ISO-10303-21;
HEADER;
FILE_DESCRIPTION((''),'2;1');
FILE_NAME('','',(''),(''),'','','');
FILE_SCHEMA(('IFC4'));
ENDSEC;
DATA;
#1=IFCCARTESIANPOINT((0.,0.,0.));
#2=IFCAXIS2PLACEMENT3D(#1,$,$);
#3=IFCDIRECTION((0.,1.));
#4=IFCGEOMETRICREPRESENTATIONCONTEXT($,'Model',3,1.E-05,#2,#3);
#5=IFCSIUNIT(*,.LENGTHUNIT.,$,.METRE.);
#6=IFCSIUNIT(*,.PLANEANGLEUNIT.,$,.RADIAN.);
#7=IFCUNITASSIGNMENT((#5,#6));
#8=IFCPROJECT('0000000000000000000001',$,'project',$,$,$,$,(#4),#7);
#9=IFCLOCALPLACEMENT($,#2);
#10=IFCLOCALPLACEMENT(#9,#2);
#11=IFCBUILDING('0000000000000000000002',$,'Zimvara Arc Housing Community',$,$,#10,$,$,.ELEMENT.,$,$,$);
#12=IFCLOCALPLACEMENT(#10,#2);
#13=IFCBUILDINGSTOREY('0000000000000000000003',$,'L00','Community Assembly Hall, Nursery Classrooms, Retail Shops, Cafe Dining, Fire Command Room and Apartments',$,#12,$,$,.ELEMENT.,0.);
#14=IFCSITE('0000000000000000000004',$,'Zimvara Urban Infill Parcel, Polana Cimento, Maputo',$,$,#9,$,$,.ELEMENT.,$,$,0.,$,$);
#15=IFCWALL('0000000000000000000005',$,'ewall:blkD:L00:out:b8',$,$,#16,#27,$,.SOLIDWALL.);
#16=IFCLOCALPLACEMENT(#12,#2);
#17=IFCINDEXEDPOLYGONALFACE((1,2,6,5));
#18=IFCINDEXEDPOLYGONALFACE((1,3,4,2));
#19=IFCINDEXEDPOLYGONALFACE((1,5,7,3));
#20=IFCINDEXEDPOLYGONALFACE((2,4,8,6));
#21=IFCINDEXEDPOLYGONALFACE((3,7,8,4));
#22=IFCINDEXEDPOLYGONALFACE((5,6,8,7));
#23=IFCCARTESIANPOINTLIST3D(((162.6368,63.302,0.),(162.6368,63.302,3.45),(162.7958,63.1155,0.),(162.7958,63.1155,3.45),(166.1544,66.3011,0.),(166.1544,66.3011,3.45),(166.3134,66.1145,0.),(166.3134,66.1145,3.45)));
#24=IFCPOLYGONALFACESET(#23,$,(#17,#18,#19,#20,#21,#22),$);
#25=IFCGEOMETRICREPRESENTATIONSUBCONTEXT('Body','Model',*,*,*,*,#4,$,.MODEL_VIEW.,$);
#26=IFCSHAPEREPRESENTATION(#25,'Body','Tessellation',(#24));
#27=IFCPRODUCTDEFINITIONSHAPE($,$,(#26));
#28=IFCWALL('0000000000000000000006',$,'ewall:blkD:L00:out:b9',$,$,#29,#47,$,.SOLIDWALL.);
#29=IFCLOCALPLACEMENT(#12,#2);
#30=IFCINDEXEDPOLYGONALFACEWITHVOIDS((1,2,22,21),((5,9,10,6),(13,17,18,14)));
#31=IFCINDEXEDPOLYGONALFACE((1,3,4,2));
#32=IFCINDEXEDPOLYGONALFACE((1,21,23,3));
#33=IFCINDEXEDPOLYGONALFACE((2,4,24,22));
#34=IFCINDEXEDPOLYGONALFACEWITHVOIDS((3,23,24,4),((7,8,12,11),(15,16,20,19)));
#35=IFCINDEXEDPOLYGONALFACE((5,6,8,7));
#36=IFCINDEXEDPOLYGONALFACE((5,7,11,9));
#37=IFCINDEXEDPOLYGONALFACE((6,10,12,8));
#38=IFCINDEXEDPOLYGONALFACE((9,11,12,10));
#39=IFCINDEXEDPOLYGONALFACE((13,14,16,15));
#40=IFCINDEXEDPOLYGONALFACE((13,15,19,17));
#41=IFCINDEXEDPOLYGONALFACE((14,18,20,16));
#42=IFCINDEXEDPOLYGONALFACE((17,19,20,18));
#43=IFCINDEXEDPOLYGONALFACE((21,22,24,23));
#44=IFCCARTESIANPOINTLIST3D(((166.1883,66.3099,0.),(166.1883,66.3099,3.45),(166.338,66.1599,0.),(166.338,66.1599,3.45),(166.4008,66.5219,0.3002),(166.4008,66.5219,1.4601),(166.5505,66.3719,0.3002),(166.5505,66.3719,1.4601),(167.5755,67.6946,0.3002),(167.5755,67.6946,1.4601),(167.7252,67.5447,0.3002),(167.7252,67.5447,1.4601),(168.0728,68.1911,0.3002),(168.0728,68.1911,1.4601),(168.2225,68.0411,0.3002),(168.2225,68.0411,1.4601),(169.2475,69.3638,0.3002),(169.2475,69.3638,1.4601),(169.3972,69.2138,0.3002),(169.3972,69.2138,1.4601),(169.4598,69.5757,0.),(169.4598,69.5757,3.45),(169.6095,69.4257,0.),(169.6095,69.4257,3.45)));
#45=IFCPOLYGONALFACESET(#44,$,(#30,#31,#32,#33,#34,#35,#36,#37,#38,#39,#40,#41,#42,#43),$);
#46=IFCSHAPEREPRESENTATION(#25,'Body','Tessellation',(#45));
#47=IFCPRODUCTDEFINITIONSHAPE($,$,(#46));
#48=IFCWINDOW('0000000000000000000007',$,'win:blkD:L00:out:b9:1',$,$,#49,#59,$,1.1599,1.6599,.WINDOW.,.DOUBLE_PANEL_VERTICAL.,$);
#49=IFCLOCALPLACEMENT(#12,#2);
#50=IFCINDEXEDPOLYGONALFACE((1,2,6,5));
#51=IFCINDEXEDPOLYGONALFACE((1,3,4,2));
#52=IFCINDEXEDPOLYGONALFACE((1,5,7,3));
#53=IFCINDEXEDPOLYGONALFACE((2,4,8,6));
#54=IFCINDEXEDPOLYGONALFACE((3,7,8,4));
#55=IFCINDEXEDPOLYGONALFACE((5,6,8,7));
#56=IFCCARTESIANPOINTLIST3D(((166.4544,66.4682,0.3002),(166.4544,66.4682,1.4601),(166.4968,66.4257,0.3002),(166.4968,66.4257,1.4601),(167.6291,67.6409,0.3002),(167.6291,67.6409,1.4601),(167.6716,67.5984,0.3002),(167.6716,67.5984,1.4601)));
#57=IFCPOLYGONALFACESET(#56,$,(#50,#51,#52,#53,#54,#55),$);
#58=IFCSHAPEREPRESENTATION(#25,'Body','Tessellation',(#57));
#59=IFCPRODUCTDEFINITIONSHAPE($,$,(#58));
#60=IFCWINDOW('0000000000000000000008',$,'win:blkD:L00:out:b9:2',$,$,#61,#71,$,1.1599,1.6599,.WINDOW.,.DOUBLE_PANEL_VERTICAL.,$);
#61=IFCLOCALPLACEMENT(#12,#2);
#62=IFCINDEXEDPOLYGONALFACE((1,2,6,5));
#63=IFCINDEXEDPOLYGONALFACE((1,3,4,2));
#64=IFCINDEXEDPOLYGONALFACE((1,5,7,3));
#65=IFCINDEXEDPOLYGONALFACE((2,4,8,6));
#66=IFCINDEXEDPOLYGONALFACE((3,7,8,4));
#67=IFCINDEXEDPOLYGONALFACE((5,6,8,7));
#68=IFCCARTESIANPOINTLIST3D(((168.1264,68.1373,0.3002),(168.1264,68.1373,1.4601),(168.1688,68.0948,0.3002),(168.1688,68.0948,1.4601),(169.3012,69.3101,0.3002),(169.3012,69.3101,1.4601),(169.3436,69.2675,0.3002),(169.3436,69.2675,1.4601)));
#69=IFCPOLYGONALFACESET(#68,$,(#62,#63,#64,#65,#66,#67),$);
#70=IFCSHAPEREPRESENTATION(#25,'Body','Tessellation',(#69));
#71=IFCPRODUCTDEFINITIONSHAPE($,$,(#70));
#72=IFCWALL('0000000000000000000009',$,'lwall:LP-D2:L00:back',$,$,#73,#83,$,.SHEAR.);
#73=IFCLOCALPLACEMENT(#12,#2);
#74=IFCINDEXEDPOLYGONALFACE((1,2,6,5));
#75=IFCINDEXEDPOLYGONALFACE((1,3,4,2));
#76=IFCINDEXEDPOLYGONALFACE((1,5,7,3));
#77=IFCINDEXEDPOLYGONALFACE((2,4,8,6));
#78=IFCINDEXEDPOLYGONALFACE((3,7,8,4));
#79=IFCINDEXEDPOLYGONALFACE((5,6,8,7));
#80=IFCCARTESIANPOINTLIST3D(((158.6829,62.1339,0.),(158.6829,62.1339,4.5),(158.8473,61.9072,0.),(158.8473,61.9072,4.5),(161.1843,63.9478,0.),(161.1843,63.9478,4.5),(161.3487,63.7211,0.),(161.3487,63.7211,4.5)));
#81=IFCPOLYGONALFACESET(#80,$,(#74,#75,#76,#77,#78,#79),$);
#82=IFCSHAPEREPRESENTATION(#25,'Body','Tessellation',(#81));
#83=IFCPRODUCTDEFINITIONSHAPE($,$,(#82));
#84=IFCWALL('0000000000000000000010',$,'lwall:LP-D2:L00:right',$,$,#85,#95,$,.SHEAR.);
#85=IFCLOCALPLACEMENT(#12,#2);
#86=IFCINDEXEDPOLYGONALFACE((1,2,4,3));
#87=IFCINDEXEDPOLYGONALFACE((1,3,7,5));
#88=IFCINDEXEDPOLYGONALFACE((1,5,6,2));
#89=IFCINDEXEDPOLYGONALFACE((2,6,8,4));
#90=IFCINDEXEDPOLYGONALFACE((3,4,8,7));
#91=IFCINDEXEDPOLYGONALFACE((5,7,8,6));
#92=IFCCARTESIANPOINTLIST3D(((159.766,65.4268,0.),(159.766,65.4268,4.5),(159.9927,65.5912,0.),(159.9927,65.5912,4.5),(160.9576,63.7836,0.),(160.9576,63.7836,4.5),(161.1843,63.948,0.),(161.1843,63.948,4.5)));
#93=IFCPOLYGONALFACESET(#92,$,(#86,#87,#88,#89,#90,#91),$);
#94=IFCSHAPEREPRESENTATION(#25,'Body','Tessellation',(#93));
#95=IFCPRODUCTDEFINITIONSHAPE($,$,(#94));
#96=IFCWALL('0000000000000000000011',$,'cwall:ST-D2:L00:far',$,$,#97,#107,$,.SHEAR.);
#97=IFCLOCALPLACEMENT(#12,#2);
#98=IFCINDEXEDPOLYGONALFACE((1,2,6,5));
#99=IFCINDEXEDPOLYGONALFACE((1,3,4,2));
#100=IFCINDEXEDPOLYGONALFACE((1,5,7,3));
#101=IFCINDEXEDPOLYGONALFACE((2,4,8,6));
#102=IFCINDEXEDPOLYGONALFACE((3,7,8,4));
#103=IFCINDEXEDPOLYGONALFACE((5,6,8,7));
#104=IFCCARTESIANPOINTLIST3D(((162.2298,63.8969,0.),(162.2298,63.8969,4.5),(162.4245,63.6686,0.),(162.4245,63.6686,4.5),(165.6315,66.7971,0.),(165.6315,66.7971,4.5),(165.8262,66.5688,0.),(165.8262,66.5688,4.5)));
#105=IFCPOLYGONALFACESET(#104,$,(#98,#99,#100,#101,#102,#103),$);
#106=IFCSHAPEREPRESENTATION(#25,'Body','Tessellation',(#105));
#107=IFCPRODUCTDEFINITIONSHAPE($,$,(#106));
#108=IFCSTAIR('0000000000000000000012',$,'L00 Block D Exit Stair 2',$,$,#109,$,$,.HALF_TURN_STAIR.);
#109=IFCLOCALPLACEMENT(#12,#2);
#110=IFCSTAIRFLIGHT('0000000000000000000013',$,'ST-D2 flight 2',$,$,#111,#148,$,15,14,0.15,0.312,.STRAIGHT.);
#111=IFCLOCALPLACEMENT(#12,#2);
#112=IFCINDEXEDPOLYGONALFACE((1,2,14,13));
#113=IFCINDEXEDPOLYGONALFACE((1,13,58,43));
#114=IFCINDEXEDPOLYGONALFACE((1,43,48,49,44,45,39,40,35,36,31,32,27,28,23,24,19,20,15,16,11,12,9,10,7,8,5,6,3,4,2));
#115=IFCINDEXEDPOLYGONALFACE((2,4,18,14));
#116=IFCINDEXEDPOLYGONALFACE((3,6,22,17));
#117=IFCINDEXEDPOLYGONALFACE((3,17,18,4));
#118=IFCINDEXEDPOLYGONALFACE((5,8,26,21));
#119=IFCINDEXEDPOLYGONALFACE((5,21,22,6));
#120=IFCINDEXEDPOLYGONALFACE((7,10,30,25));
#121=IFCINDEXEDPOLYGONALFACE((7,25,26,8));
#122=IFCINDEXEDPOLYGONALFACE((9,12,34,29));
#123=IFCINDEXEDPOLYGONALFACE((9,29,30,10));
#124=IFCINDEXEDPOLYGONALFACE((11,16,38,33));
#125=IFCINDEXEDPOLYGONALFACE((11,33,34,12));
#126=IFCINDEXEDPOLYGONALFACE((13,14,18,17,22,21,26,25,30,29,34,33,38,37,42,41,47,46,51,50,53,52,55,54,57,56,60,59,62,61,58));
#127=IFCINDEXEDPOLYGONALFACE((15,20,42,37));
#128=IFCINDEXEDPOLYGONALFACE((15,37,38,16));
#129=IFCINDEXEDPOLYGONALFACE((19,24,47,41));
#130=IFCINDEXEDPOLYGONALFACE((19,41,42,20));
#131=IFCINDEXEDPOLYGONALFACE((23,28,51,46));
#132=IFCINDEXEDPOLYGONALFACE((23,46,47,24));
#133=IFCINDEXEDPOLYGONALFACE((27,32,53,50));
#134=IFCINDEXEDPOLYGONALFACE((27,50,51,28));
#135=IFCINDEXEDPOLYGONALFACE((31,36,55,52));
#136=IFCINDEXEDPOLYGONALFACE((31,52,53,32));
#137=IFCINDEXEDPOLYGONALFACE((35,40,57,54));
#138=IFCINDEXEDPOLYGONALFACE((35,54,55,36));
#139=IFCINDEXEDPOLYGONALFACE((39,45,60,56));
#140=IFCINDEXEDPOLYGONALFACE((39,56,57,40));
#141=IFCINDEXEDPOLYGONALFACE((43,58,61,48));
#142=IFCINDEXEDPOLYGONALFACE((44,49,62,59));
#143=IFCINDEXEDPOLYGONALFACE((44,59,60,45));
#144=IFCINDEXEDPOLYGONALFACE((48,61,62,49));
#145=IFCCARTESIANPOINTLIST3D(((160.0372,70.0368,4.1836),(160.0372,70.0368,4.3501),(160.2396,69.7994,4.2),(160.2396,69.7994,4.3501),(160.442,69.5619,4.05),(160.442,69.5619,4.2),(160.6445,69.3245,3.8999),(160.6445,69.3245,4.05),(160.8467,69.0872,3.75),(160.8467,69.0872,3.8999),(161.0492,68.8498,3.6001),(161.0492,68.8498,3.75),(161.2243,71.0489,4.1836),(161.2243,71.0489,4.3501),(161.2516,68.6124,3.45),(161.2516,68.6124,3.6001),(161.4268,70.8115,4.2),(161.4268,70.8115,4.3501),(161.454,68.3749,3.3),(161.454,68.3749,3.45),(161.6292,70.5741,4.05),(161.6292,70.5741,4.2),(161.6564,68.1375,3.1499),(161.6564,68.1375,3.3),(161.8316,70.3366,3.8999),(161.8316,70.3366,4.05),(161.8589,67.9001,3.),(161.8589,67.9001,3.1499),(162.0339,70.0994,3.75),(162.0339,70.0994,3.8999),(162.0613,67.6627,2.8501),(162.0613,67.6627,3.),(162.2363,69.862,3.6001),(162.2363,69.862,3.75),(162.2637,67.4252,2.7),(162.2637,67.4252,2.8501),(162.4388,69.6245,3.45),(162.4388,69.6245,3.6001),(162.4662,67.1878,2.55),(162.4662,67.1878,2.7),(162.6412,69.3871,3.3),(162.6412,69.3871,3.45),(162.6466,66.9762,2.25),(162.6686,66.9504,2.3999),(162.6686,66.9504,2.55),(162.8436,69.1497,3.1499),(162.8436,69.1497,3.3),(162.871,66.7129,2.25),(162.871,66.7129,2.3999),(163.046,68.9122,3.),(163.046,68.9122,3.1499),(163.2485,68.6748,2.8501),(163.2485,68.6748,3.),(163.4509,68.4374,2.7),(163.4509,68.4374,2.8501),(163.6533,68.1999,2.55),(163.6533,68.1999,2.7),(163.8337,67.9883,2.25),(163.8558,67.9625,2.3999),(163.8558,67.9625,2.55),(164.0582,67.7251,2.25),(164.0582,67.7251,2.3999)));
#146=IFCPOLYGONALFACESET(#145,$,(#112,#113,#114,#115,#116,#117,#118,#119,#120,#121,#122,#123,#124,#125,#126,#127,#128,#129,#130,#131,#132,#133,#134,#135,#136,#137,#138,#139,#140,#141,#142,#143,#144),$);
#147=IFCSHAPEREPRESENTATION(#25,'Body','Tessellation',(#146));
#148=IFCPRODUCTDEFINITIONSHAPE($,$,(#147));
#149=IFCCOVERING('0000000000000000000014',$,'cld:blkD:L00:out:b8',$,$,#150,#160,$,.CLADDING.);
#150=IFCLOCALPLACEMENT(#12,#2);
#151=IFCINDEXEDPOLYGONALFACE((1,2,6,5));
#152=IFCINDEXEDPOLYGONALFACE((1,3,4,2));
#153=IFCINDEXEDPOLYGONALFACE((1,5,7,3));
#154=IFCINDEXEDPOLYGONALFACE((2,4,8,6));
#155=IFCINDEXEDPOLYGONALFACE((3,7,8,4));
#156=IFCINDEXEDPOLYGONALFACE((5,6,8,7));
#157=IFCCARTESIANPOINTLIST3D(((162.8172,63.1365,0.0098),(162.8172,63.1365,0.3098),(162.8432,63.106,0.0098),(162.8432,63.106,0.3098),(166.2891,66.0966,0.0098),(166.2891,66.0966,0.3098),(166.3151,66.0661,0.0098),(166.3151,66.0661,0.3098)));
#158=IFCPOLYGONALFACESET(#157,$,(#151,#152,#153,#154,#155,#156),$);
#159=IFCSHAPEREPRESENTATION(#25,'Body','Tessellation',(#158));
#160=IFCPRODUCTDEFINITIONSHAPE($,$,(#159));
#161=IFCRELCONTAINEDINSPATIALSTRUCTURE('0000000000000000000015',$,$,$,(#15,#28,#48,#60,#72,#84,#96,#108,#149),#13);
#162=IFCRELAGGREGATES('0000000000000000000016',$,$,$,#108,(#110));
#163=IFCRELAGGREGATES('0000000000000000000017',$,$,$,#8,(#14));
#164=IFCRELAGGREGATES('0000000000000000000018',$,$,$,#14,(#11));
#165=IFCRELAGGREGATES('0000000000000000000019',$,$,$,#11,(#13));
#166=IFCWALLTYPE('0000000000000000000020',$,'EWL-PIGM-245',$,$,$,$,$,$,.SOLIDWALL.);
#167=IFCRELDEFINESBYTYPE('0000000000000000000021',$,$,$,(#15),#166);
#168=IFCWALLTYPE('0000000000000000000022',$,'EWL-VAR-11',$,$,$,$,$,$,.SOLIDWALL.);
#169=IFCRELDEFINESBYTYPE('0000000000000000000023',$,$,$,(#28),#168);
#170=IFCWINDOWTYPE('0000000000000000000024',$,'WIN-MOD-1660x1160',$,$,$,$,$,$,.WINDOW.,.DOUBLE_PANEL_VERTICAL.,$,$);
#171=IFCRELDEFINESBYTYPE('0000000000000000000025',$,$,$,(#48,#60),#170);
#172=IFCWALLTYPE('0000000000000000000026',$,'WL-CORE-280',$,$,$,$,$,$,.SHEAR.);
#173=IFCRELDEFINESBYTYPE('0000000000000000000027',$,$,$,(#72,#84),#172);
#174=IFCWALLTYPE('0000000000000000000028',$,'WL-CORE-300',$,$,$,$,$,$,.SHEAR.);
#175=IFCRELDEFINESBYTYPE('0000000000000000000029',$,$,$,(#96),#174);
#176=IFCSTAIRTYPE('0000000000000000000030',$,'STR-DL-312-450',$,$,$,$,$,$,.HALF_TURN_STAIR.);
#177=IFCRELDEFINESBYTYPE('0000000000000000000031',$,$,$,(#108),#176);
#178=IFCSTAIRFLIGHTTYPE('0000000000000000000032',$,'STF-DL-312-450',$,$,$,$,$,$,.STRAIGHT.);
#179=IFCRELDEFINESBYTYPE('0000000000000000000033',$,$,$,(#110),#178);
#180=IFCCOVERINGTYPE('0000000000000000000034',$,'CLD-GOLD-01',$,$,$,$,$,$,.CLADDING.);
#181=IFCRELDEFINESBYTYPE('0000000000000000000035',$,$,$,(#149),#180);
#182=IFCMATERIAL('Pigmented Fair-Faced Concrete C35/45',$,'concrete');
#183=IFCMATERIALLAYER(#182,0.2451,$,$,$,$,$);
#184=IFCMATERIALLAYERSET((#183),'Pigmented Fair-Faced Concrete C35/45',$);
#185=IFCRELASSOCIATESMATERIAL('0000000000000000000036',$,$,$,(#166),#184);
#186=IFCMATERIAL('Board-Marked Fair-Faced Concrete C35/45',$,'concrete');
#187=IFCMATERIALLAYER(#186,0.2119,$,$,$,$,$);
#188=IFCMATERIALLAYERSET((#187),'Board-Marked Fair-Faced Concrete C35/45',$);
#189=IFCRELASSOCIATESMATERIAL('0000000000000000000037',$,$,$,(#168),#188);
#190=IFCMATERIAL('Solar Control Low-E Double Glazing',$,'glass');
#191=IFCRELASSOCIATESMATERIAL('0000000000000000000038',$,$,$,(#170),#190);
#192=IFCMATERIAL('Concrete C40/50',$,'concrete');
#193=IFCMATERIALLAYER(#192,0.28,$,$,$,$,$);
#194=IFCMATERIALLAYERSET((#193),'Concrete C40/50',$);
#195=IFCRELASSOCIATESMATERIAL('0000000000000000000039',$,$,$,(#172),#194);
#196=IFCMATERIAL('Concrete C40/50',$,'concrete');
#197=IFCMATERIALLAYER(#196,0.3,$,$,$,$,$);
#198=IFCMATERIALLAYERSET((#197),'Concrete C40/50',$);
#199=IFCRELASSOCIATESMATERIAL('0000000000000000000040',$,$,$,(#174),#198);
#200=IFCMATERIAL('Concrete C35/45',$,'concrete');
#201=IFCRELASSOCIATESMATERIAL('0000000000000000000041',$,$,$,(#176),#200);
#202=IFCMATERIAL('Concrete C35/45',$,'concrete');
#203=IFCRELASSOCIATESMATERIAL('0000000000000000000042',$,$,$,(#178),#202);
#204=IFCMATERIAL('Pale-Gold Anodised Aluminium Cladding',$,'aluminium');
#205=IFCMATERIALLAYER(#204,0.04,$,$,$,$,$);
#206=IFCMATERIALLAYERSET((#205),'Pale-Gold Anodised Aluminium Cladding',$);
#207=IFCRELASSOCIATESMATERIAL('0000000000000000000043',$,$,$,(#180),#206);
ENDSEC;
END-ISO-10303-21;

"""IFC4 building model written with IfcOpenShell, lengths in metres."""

from ifc_helpers import new_model, si_unit, direction, frame, frame_2d, origin, origin_2d, place, context, subcontext, project, spatial, polyline, rectangle, outline, extrude, material, layer, layer_set, type_object, element, fill, aggregate, save


model = new_model("IFC4")

# Units and contexts
model_context = context("Model", 3, precision=1e-05, world=origin(), true_north=direction((0.0, 1.0)))
body_context = subcontext(model_context, "Body", "Model", "MODEL_VIEW")
ifc_project = project(units=[si_unit("LENGTHUNIT", "METRE"), si_unit("PLANEANGLEUNIT", "RADIAN")], contexts=[model_context])

# Site, building, storey
site_placement = place(None, origin())
site = spatial("IfcSite", under=ifc_project, at=site_placement, Name="Zimvara Urban Infill Parcel, Polana Cimento, Maputo", CompositionType="ELEMENT", RefElevation=0.0)
building_placement = place(site_placement, origin())
building = spatial("IfcBuilding", under=site, at=building_placement, Name="Zimvara Arc Housing Community", CompositionType="ELEMENT")
storey_placement = place(building_placement, origin())
storey = spatial("IfcBuildingStorey", under=building, at=storey_placement, Name="L00", Description="Community Assembly Hall, Nursery Classrooms, Retail Shops, Cafe Dining, Fire Command Room and Apartments", CompositionType="ELEMENT", Elevation=0.0)

# Wall
ifc_material_1 = material(Name="Pigmented Fair-Faced Concrete C35/45", Category="concrete")
ifc_layer_1 = layer(ifc_material_1, 0.2451)
ifc_layer_set_1 = layer_set([ifc_layer_1], Name="Pigmented Fair-Faced Concrete C35/45")
wall_type_1 = type_object("IfcWallType", Name="EWL-PIGM-245", PredefinedType="SOLIDWALL", material=ifc_layer_set_1)
wall_1_placement = place(storey_placement, frame((162.7163, 63.2087, 0.0), z_axis=(0.0, 0.0, 1.0), x_axis=(0.760969, 0.648788, 0.0)))
element("IfcWall", 1, at=wall_1_placement, inside=storey, type_object=wall_type_1, Name="ewall:blkD:L00:out:b8", PredefinedType="SOLIDWALL", context=body_context, shape_type="SweptSolid", body=[
    extrude(rectangle(XDim=4.6226, YDim=0.2451, at=frame_2d((2.3113, 0.0))), origin(), (0.0, 0.0, 1.0), 3.45),
])

# Wall, openings, windows
ifc_material_2 = material(Name="Board-Marked Fair-Faced Concrete C35/45", Category="concrete")
ifc_layer_2 = layer(ifc_material_2, 0.2119)
ifc_layer_set_2 = layer_set([ifc_layer_2], Name="Board-Marked Fair-Faced Concrete C35/45")
wall_type_2 = type_object("IfcWallType", Name="EWL-VAR-11", PredefinedType="SOLIDWALL", material=ifc_layer_set_2)
wall_2_placement = place(storey_placement, frame((166.2632, 66.2349, 0.0), z_axis=(0.0, 0.0, 1.0), x_axis=(0.707714, 0.706499, 0.0)))
wall_2 = element("IfcWall", 2, at=wall_2_placement, inside=storey, type_object=wall_type_2, Name="ewall:blkD:L00:out:b9", PredefinedType="SOLIDWALL", context=body_context, shape_type="SweptSolid", body=[
    extrude(rectangle(XDim=4.6226, YDim=0.2119, at=frame_2d((2.3113, 0.0))), origin(), (0.0, 0.0, 1.0), 3.45),
])
opening_1_placement = place(wall_2_placement, frame((0.3, 0.0, 0.3)))
opening_1 = element("IfcOpeningElement", 3, at=opening_1_placement, cuts=wall_2, PredefinedType="OPENING", context=body_context, shape_type="SweptSolid", body=[
    extrude(rectangle(XDim=1.6599, YDim=1.1599, at=frame_2d((0.8301, 0.5801))), frame((0.0, 0.116, 0.0), z_axis=(0.0, -1.0, 0.0), x_axis=(1.0, 0.0, 0.0)), (0.0, 0.0, 1.0), 0.2319),
])
opening_2_placement = place(wall_2_placement, frame((2.6626, 0.0, 0.3)))
opening_2 = element("IfcOpeningElement", 4, at=opening_2_placement, cuts=wall_2, PredefinedType="OPENING", context=body_context, shape_type="SweptSolid", body=[
    extrude(rectangle(XDim=1.6599, YDim=1.1599, at=frame_2d((0.8301, 0.5801))), frame((0.0, 0.116, 0.0), z_axis=(0.0, -1.0, 0.0), x_axis=(1.0, 0.0, 0.0)), (0.0, 0.0, 1.0), 0.2319),
])
ifc_material_3 = material(Name="Solar Control Low-E Double Glazing", Category="glass")
window_type_1 = type_object("IfcWindowType", Name="WIN-MOD-1660x1160", PartitioningType="DOUBLE_PANEL_VERTICAL", PredefinedType="WINDOW", material=ifc_material_3)
window_1_placement = place(opening_1_placement, origin())
window_1 = element("IfcWindow", 5, at=window_1_placement, inside=storey, type_object=window_type_1, Name="win:blkD:L00:out:b9:1", OverallHeight=1.1599, OverallWidth=1.6599, PartitioningType="DOUBLE_PANEL_VERTICAL", PredefinedType="WINDOW", context=body_context, shape_type="SweptSolid", body=[
    extrude(rectangle(XDim=1.6599, YDim=1.1599, at=frame_2d((0.8301, 0.5801))), frame((0.0, 0.03, 0.0), z_axis=(0.0, -1.0, 0.0), x_axis=(1.0, 0.0, 0.0)), (0.0, 0.0, 1.0), 0.0601),
])
fill(opening_1, window_1)
window_2_placement = place(opening_2_placement, origin())
window_2 = element("IfcWindow", 6, at=window_2_placement, inside=storey, type_object=window_type_1, Name="win:blkD:L00:out:b9:2", OverallHeight=1.1599, OverallWidth=1.6599, PartitioningType="DOUBLE_PANEL_VERTICAL", PredefinedType="WINDOW", context=body_context, shape_type="SweptSolid", body=[
    extrude(rectangle(XDim=1.6599, YDim=1.1599, at=frame_2d((0.8301, 0.5801))), frame((0.0, 0.03, 0.0), z_axis=(0.0, -1.0, 0.0), x_axis=(1.0, 0.0, 0.0)), (0.0, 0.0, 1.0), 0.0601),
])
fill(opening_2, window_2)

# Walls
ifc_material_4 = material(Name="Concrete C40/50", Category="concrete")
ifc_layer_3 = layer(ifc_material_4, 0.28)
ifc_layer_set_3 = layer_set([ifc_layer_3], Name="Concrete C40/50")
wall_type_3 = type_object("IfcWallType", Name="WL-CORE-280", PredefinedType="SHEAR", material=ifc_layer_set_3)
wall_3_placement = place(storey_placement, frame((158.7651, 62.0205, 0.0), z_axis=(0.0, 0.0, 1.0), x_axis=(0.809548, 0.587053, 0.0)))
element("IfcWall", 7, at=wall_3_placement, inside=storey, type_object=wall_type_3, Name="lwall:LP-D2:L00:back", PredefinedType="SHEAR", context=body_context, shape_type="SweptSolid", body=[
    extrude(rectangle(XDim=3.0898, YDim=0.28, at=frame_2d((1.5449, 0.0))), origin(), (0.0, 0.0, 1.0), 4.5),
])
wall_4_placement = place(storey_placement, frame((159.8794, 65.509, 0.0), z_axis=(0.0, 0.0, 1.0), x_axis=(0.587048, -0.809552, 0.0)))
element("IfcWall", 8, at=wall_4_placement, inside=storey, type_object=wall_type_3, Name="lwall:LP-D2:L00:right", PredefinedType="SHEAR", context=body_context, shape_type="SweptSolid", body=[
    extrude(rectangle(XDim=2.0298, YDim=0.28, at=frame_2d((1.0149, 0.0))), origin(), (0.0, 0.0, 1.0), 4.5),
])
ifc_material_5 = material(Name="Concrete C40/50", Category="concrete")
ifc_layer_4 = layer(ifc_material_5, 0.3)
ifc_layer_set_4 = layer_set([ifc_layer_4], Name="Concrete C40/50")
wall_type_4 = type_object("IfcWallType", Name="WL-CORE-300", PredefinedType="SHEAR", material=ifc_layer_set_4)
wall_5_placement = place(storey_placement, frame((162.3271, 63.7827, 0.0), z_axis=(0.0, 0.0, 1.0), x_axis=(0.76097, 0.648788, 0.0)))
element("IfcWall", 9, at=wall_5_placement, inside=storey, type_object=wall_type_4, Name="cwall:ST-D2:L00:far", PredefinedType="SHEAR", context=body_context, shape_type="SweptSolid", body=[
    extrude(rectangle(XDim=4.4702, YDim=0.3, at=frame_2d((2.2351, 0.0))), origin(), (0.0, 0.0, 1.0), 4.5),
])

# Stair, stair flight
ifc_material_6 = material(Name="Concrete C35/45", Category="concrete")
stair_type = type_object("IfcStairType", Name="STR-DL-312-450", PredefinedType="HALF_TURN_STAIR", material=ifc_material_6)
stair_placement = place(storey_placement, origin())
stair = element("IfcStair", 10, at=stair_placement, inside=storey, type_object=stair_type, Name="L00 Block D Exit Stair 2", PredefinedType="HALF_TURN_STAIR")
ifc_material_7 = material(Name="Concrete C35/45", Category="concrete")
stair_flight_type = type_object("IfcStairFlightType", Name="STF-DL-312-450", PredefinedType="STRAIGHT", material=ifc_material_7)
stair_flight_placement = place(storey_placement, frame((163.4646, 67.219, 2.25), z_axis=(0.0, 0.0, 1.0), x_axis=(-0.648784, 0.760972, 0.0)))
stair_flight = element("IfcStairFlight", 11, at=stair_flight_placement, type_object=stair_flight_type, Name="ST-D2 flight 2", NumberOfRisers=15, NumberOfTreads=14, PredefinedType="STRAIGHT", RiserHeight=0.15, TreadLength=0.312, context=body_context, shape_type="SweptSolid", body=[
    extrude(outline(polyline([(0.0, 0.0), (0.0, 0.1499), (0.312, 0.1499), (0.312, 0.3), (0.624, 0.3), (0.624, 0.45), (0.936, 0.45), (0.936, 0.6001), (1.248, 0.6001), (1.248, 0.75), (1.5601, 0.75), (1.5601, 0.8999), (1.8721, 0.8999), (1.8721, 1.05), (2.1841, 1.05), (2.1841, 1.2), (2.4961, 1.2), (2.4961, 1.3501), (2.8081, 1.3501), (2.8081, 1.5), (3.1201, 1.5), (3.1201, 1.6499), (3.4319, 1.6499), (3.4319, 1.8), (3.7439, 1.8), (3.7439, 1.95), (4.0559, 1.95), (4.0559, 2.1001), (4.3679, 2.1001), (4.3679, 2.25), (4.3679, 1.9336), (0.3459, 0.0), (0.0, 0.0)])), frame((0.0, 0.78, 0.0), z_axis=(0.0, -1.0, 0.0), x_axis=(1.0, 0.0, 0.0)), (0.0, 0.0, 1.0), 1.5601),
])
aggregate(stair, [stair_flight])

# Covering
ifc_material_8 = material(Name="Pale-Gold Anodised Aluminium Cladding", Category="aluminium")
ifc_layer_5 = layer(ifc_material_8, 0.04)
ifc_layer_set_5 = layer_set([ifc_layer_5], Name="Pale-Gold Anodised Aluminium Cladding")
covering_type_1 = type_object("IfcCoveringType", Name="CLD-GOLD-01", PredefinedType="CLADDING", material=ifc_layer_set_5)
covering_1_placement = place(storey_placement, frame((164.5662, 64.6013, 0.0098), z_axis=(0.0, 0.0, 1.0), x_axis=(0.760971, 0.648786, 0.0)))
element("IfcCovering", 12, at=covering_1_placement, inside=storey, type_object=covering_type_1, Name="cld:blkD:L00:out:b8", PredefinedType="CLADDING", context=body_context, shape_type="SweptSolid", body=[
    extrude(rectangle(XDim=4.5625, YDim=0.04, at=origin_2d()), origin(), (0.0, 0.0, 1.0), 0.3),
])

save(model, "model.ifc")
